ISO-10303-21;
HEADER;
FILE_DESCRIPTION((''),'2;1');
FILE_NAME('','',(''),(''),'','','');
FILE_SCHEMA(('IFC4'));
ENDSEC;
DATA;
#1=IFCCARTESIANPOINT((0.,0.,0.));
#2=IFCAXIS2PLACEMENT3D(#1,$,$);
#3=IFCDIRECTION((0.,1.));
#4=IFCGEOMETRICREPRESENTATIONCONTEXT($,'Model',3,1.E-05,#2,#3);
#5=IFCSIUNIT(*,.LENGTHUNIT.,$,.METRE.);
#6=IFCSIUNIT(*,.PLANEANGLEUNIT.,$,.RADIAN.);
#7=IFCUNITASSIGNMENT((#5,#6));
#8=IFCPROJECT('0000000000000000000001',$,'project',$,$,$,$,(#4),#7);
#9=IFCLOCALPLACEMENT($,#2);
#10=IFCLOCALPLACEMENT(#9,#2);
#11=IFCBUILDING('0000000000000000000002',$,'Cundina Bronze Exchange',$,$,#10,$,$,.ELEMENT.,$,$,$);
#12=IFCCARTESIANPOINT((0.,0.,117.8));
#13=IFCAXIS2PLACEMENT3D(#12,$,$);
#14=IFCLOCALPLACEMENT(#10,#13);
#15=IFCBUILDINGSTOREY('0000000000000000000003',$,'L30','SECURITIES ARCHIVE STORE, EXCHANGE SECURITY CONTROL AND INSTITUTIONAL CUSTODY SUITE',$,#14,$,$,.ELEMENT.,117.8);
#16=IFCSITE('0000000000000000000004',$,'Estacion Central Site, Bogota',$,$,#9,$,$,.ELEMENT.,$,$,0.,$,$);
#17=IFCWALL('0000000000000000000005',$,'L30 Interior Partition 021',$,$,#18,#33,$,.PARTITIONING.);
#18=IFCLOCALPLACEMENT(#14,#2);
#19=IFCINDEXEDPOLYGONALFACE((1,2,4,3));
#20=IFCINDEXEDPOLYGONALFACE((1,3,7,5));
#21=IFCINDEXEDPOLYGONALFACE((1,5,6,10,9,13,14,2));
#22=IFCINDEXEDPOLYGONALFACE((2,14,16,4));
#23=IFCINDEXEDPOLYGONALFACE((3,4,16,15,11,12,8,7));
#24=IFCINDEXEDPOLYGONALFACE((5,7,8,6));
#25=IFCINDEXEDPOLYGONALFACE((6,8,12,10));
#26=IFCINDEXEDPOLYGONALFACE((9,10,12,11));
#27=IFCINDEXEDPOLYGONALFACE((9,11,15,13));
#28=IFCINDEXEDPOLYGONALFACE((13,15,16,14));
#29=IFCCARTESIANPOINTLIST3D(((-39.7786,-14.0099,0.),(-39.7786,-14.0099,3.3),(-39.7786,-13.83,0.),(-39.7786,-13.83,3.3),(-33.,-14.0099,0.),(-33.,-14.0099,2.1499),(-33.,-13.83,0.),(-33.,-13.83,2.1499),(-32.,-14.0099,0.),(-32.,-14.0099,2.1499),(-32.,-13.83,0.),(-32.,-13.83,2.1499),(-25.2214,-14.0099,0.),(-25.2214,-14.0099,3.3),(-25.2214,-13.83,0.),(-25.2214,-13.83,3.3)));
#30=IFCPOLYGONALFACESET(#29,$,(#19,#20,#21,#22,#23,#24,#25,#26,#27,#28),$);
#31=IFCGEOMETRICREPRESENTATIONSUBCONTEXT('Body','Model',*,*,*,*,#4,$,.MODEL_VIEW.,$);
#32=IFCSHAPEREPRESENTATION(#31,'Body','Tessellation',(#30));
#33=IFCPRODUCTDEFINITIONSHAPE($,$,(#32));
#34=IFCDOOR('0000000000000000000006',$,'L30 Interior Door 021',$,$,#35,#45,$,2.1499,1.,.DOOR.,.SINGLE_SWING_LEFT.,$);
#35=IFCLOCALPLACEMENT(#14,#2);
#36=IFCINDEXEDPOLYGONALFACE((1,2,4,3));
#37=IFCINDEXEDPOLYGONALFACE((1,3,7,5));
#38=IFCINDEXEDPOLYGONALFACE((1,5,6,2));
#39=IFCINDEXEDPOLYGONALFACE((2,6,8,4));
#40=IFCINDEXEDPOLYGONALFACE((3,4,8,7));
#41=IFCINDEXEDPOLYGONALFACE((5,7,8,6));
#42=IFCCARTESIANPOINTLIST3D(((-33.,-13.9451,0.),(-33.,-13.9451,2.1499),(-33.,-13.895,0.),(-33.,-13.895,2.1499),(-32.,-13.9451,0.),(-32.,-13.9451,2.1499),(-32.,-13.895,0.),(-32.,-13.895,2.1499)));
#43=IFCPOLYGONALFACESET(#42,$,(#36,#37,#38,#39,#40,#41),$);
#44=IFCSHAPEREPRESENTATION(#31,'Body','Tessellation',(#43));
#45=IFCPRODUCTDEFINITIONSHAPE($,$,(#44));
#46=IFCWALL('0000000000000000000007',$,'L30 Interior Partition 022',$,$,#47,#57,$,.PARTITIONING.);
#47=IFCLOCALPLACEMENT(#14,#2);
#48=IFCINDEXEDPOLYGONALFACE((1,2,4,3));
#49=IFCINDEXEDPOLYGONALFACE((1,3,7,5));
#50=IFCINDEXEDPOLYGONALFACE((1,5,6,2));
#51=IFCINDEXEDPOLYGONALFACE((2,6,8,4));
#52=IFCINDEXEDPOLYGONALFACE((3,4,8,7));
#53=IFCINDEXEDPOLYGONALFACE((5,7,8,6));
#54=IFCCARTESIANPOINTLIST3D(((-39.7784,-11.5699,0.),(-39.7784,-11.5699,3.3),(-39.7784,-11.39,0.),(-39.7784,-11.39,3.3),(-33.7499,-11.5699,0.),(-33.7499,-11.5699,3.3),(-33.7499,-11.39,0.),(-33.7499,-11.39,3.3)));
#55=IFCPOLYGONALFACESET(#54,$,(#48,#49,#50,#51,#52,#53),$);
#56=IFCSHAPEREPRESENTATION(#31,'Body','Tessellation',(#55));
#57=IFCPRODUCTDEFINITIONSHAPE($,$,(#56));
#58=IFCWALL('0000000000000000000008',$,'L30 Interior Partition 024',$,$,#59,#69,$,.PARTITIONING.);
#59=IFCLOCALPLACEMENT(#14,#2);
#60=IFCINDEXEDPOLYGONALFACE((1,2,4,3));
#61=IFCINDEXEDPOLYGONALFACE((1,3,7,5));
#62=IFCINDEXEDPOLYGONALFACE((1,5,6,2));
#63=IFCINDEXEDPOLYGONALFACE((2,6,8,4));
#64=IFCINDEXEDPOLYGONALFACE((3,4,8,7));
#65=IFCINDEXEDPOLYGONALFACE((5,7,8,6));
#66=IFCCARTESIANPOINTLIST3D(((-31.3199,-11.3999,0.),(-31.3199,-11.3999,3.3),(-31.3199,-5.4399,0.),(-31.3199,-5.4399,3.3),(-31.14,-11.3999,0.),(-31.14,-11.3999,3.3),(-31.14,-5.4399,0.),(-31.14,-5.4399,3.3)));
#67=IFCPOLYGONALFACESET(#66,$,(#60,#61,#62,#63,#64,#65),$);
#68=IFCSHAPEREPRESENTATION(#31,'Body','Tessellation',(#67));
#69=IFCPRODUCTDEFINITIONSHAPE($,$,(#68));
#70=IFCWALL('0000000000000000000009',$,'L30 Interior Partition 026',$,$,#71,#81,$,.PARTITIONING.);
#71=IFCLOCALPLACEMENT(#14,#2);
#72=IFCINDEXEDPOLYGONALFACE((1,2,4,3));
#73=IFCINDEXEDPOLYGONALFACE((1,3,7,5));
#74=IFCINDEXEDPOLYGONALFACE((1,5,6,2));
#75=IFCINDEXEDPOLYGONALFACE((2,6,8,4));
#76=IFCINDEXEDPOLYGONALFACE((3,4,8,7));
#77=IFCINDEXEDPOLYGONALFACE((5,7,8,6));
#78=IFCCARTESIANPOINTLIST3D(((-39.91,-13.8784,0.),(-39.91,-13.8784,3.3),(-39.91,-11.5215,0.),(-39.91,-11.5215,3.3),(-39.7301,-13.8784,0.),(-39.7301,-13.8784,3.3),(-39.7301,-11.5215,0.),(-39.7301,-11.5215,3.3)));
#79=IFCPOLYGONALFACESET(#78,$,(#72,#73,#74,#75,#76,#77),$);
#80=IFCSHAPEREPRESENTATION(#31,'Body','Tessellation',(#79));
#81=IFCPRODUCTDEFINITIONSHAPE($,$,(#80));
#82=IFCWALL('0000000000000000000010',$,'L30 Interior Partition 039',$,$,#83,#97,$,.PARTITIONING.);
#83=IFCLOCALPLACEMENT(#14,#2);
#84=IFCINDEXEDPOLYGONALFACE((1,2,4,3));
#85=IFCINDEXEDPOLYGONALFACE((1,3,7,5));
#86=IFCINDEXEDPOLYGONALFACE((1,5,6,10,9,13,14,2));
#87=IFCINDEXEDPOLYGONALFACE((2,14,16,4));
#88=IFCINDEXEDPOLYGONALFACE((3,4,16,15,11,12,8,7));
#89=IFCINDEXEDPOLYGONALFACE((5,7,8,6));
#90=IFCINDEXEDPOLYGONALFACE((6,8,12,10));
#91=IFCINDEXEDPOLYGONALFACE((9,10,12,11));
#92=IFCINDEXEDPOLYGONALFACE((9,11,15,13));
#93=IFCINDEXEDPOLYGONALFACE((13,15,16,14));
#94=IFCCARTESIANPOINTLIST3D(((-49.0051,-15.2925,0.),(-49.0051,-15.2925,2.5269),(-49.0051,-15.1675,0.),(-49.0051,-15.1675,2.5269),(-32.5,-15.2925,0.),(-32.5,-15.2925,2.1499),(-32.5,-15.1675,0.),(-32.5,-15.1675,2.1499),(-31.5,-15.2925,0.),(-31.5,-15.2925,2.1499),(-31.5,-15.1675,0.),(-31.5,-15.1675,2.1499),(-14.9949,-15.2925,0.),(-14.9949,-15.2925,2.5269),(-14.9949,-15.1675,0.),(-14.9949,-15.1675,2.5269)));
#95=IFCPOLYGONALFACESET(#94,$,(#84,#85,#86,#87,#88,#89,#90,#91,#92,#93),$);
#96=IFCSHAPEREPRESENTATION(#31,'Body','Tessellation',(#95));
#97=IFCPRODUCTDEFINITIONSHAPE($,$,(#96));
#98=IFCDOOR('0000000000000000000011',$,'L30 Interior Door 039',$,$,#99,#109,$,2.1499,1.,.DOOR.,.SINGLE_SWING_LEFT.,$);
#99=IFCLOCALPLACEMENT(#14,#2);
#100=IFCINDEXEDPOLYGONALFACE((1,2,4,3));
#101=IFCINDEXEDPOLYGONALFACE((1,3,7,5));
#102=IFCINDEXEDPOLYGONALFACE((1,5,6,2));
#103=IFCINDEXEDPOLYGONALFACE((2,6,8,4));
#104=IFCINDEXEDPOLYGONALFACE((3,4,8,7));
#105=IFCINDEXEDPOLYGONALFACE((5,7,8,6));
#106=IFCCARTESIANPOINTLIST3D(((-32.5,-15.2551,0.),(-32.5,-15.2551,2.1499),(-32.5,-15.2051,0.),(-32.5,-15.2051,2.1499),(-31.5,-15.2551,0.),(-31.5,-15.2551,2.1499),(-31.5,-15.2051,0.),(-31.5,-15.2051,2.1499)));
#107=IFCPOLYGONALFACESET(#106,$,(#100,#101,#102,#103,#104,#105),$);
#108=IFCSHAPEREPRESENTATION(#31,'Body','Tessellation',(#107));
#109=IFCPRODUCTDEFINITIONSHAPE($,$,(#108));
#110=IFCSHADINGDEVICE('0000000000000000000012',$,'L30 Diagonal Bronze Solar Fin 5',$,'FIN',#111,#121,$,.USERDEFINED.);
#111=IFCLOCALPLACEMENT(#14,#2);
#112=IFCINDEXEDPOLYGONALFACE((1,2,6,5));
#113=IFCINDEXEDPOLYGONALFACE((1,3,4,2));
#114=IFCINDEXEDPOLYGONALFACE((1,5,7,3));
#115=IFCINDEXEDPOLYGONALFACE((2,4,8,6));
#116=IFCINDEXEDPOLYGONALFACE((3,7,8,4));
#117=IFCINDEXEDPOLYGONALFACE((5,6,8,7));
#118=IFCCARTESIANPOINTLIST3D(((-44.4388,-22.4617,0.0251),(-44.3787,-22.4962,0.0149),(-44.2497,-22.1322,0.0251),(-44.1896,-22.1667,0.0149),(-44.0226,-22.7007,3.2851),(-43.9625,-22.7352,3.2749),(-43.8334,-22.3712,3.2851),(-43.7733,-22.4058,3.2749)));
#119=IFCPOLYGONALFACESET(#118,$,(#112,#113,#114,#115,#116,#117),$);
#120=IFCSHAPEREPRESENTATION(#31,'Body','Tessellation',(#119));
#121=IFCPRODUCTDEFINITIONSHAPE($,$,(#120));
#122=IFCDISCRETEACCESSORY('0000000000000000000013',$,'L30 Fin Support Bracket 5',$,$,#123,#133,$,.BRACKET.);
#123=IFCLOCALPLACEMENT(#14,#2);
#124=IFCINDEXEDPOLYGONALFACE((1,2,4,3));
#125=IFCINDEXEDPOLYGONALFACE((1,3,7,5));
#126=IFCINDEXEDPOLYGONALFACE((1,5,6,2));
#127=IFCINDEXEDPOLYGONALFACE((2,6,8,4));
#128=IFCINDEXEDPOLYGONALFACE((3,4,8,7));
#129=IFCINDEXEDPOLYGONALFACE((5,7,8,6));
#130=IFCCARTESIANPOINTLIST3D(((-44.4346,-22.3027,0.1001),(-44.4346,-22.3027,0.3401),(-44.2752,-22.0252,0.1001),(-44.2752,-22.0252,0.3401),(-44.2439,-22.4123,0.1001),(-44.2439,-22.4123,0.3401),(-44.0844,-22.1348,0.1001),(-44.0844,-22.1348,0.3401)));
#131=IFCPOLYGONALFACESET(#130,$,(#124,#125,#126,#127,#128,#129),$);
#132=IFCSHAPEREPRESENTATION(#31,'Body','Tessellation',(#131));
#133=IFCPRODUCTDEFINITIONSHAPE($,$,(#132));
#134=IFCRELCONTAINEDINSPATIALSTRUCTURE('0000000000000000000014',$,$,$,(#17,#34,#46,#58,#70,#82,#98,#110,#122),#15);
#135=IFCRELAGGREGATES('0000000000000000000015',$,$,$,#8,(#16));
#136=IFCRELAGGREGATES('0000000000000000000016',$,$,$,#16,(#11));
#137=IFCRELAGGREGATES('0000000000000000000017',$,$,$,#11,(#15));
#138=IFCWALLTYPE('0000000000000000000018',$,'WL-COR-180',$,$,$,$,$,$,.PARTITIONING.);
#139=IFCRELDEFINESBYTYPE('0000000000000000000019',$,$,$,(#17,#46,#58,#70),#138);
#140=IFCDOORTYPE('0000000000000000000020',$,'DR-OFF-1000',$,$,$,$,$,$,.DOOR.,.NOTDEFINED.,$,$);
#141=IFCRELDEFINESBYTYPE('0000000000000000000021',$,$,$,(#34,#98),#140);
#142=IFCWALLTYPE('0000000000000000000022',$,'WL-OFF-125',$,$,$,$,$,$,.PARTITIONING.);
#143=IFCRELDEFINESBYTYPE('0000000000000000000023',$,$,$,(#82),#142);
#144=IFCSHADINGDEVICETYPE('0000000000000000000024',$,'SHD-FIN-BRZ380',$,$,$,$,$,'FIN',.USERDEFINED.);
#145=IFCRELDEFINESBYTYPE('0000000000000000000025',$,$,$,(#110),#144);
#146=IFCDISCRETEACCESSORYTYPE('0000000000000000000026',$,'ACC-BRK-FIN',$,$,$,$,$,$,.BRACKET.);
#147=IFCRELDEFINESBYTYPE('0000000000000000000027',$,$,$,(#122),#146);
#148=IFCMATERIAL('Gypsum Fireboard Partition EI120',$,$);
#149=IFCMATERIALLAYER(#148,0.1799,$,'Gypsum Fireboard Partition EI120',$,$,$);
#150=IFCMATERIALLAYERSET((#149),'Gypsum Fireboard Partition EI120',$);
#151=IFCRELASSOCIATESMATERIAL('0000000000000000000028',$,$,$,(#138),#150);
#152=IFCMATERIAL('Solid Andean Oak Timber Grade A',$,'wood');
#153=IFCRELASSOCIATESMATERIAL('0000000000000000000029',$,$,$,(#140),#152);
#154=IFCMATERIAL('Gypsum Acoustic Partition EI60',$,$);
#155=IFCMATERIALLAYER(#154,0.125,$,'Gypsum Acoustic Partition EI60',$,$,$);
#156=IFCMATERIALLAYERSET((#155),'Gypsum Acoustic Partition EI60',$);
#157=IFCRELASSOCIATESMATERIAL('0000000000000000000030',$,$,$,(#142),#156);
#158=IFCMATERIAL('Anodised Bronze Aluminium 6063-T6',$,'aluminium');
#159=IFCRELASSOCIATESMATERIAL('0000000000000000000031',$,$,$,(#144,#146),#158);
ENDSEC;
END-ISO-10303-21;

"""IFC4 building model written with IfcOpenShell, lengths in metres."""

from ifc_helpers import new_model, si_unit, direction, frame, frame_2d, origin, origin_2d, place, context, subcontext, project, spatial, rectangle, extrude, material, layer, layer_set, material_profile, profile_set, type_object, element, fill, save


model = new_model("IFC4")

# Units and contexts
model_context = context("Model", 3, precision=1e-05, world=origin(), true_north=direction((0.0, 1.0)))
body_context = subcontext(model_context, "Body", "Model", "MODEL_VIEW")
ifc_project = project(units=[si_unit("LENGTHUNIT", "METRE"), si_unit("PLANEANGLEUNIT", "RADIAN")], contexts=[model_context])

# Site, building, storey
site_placement = place(None, origin())
site = spatial("IfcSite", under=ifc_project, at=site_placement, Name="Estacion Central Site, Bogota", CompositionType="ELEMENT", RefElevation=0.0)
building_placement = place(site_placement, origin())
building = spatial("IfcBuilding", under=site, at=building_placement, Name="Cundina Bronze Exchange", CompositionType="ELEMENT")
storey_placement = place(building_placement, frame((0.0, 0.0, 117.8)))
storey = spatial("IfcBuildingStorey", under=building, at=storey_placement, Name="L30", Description="SECURITIES ARCHIVE STORE, EXCHANGE SECURITY CONTROL AND INSTITUTIONAL CUSTODY SUITE", CompositionType="ELEMENT", Elevation=117.8)

# Shared definitions
ifc_material_1 = material(Name="Anodised Bronze Aluminium 6063-T6", Category="aluminium")

# Wall, opening, door
ifc_material_2 = material(Name="Gypsum Fireboard Partition EI120")
ifc_layer_1 = layer(ifc_material_2, 0.1799, Name="Gypsum Fireboard Partition EI120")
ifc_layer_set_1 = layer_set([ifc_layer_1], Name="Gypsum Fireboard Partition EI120")
wall_type_1 = type_object("IfcWallType", Name="WL-COR-180", PredefinedType="PARTITIONING", material=ifc_layer_set_1)
wall_1_placement = place(storey_placement, frame((-39.7786, -13.9199, 0.0), z_axis=(0.0, 0.0, 1.0), x_axis=(1.0, 0.0, 0.0)))
wall_1 = element("IfcWall", 1, at=wall_1_placement, inside=storey, type_object=wall_type_1, Name="L30 Interior Partition 021", PredefinedType="PARTITIONING", context=body_context, shape_type="SweptSolid", body=[
    extrude(rectangle(XDim=14.5571, YDim=0.1799, at=frame_2d((7.2786, 0.0))), origin(), (0.0, 0.0, 1.0), 3.3),
])
opening_1_placement = place(wall_1_placement, frame((6.7786, 0.0, 0.0)))
opening_1 = element("IfcOpeningElement", 2, at=opening_1_placement, cuts=wall_1, PredefinedType="OPENING", context=body_context, shape_type="SweptSolid", body=[
    extrude(rectangle(XDim=1.0, YDim=2.1499, at=frame_2d((0.5, 1.075))), frame((0.0, 0.0999, 0.0), z_axis=(0.0, -1.0, 0.0), x_axis=(1.0, 0.0, 0.0)), (0.0, 0.0, 1.0), 0.2),
])
ifc_material_3 = material(Name="Solid Andean Oak Timber Grade A", Category="wood")
door_type = type_object("IfcDoorType", Name="DR-OFF-1000", OperationType="NOTDEFINED", PredefinedType="DOOR", material=ifc_material_3)
door_1_placement = place(opening_1_placement, origin())
door_1 = element("IfcDoor", 3, at=door_1_placement, inside=storey, type_object=door_type, Name="L30 Interior Door 021", OperationType="SINGLE_SWING_LEFT", OverallHeight=2.1499, OverallWidth=1.0, PredefinedType="DOOR", context=body_context, shape_type="SweptSolid", body=[
    extrude(rectangle(XDim=1.0, YDim=2.1499, at=frame_2d((0.5, 1.075))), frame((0.0, 0.0249, 0.0), z_axis=(0.0, -1.0, 0.0), x_axis=(1.0, 0.0, 0.0)), (0.0, 0.0, 1.0), 0.05),
])
fill(opening_1, door_1)

# Walls
wall_2_placement = place(storey_placement, frame((-33.75, -11.48, 0.0), z_axis=(0.0, 0.0, 1.0), x_axis=(-1.0, 0.0, 0.0)))
element("IfcWall", 4, at=wall_2_placement, inside=storey, type_object=wall_type_1, Name="L30 Interior Partition 022", PredefinedType="PARTITIONING", context=body_context, shape_type="SweptSolid", body=[
    extrude(rectangle(XDim=6.0286, YDim=0.1799, at=frame_2d((3.0142, 0.0))), origin(), (0.0, 0.0, 1.0), 3.3),
])
wall_3_placement = place(storey_placement, frame((-31.23, -11.3999, 0.0), z_axis=(0.0, 0.0, 1.0), x_axis=(0.0, 1.0, 0.0)))
element("IfcWall", 5, at=wall_3_placement, inside=storey, type_object=wall_type_1, Name="L30 Interior Partition 024", PredefinedType="PARTITIONING", context=body_context, shape_type="SweptSolid", body=[
    extrude(rectangle(XDim=5.96, YDim=0.1799, at=frame_2d((2.98, 0.0))), origin(), (0.0, 0.0, 1.0), 3.3),
])
wall_4_placement = place(storey_placement, frame((-39.8201, -11.5215, 0.0), z_axis=(0.0, 0.0, 1.0), x_axis=(0.0, -1.0, 0.0)))
element("IfcWall", 6, at=wall_4_placement, inside=storey, type_object=wall_type_1, Name="L30 Interior Partition 026", PredefinedType="PARTITIONING", context=body_context, shape_type="SweptSolid", body=[
    extrude(rectangle(XDim=2.3569, YDim=0.1799, at=frame_2d((1.1785, 0.0))), origin(), (0.0, 0.0, 1.0), 3.3),
])

# Wall, opening, door
ifc_material_4 = material(Name="Gypsum Acoustic Partition EI60")
ifc_layer_2 = layer(ifc_material_4, 0.125, Name="Gypsum Acoustic Partition EI60")
ifc_layer_set_2 = layer_set([ifc_layer_2], Name="Gypsum Acoustic Partition EI60")
wall_type_2 = type_object("IfcWallType", Name="WL-OFF-125", PredefinedType="PARTITIONING", material=ifc_layer_set_2)
wall_5_placement = place(storey_placement, frame((-49.0051, -15.23, 0.0), z_axis=(0.0, 0.0, 1.0), x_axis=(1.0, 0.0, 0.0)))
wall_5 = element("IfcWall", 7, at=wall_5_placement, inside=storey, type_object=wall_type_2, Name="L30 Interior Partition 039", PredefinedType="PARTITIONING", context=body_context, shape_type="SweptSolid", body=[
    extrude(rectangle(XDim=34.0103, YDim=0.125, at=frame_2d((17.0051, 0.0))), origin(), (0.0, 0.0, 1.0), 2.5269),
])
opening_2_placement = place(wall_5_placement, frame((16.5051, 0.0, 0.0)))
opening_2 = element("IfcOpeningElement", 8, at=opening_2_placement, cuts=wall_5, PredefinedType="OPENING", context=body_context, shape_type="SweptSolid", body=[
    extrude(rectangle(XDim=1.0, YDim=2.1499, at=frame_2d((0.5, 1.075))), frame((0.0, 0.0725, 0.0), z_axis=(0.0, -1.0, 0.0), x_axis=(1.0, 0.0, 0.0)), (0.0, 0.0, 1.0), 0.145),
])
door_2_placement = place(opening_2_placement, origin())
door_2 = element("IfcDoor", 9, at=door_2_placement, inside=storey, type_object=door_type, Name="L30 Interior Door 039", OperationType="SINGLE_SWING_LEFT", OverallHeight=2.1499, OverallWidth=1.0, PredefinedType="DOOR", context=body_context, shape_type="SweptSolid", body=[
    extrude(rectangle(XDim=1.0, YDim=2.1499, at=frame_2d((0.5, 1.075))), frame((0.0, 0.0249, 0.0), z_axis=(0.0, -1.0, 0.0), x_axis=(1.0, 0.0, 0.0)), (0.0, 0.0, 1.0), 0.05),
])
fill(opening_2, door_2)

# Shading device
ifc_material_profile_1 = material_profile(ifc_material_1, rectangle(XDim=0.0701, YDim=0.3799, at=origin_2d()), Name="FIN70X380", Category="aluminium")
ifc_profile_set_1 = profile_set([ifc_material_profile_1], Name="Anodised Bronze Aluminium 6063-T6")
shading_device_type = type_object("IfcShadingDeviceType", Name="SHD-FIN-BRZ380", ElementType="FIN", PredefinedType="USERDEFINED", material=ifc_profile_set_1)
shading_device_placement = place(storey_placement, frame((-44.3142, -22.3142, 0.02), z_axis=(0.126325, -0.072535, 0.989333), x_axis=(-0.857958, 0.492634, 0.145668)))
element("IfcShadingDevice", 10, at=shading_device_placement, inside=storey, type_object=shading_device_type, Name="L30 Diagonal Bronze Solar Fin 5", ObjectType="FIN", PredefinedType="USERDEFINED", context=body_context, shape_type="SweptSolid", body=[
    extrude(rectangle(XDim=0.0701, YDim=0.3799, at=origin_2d()), origin(), (0.0, 0.0, 1.0), 3.2952),
])

# Discrete accessory
discrete_accessory_type = type_object("IfcDiscreteAccessoryType", Name="ACC-BRK-FIN", PredefinedType="BRACKET", material=ifc_material_1)
discrete_accessory_placement = place(storey_placement, frame((-44.2595, -22.2188, 0.1001), z_axis=(0.0, 0.0, 1.0), x_axis=(0.867105, -0.498125, 0.0)))
element("IfcDiscreteAccessory", 11, at=discrete_accessory_placement, inside=storey, type_object=discrete_accessory_type, Name="L30 Fin Support Bracket 5", PredefinedType="BRACKET", context=body_context, shape_type="SweptSolid", body=[
    extrude(rectangle(XDim=0.22, YDim=0.3201, at=origin_2d()), origin(), (0.0, 0.0, 1.0), 0.24),
])

save(model, "model.ifc")
